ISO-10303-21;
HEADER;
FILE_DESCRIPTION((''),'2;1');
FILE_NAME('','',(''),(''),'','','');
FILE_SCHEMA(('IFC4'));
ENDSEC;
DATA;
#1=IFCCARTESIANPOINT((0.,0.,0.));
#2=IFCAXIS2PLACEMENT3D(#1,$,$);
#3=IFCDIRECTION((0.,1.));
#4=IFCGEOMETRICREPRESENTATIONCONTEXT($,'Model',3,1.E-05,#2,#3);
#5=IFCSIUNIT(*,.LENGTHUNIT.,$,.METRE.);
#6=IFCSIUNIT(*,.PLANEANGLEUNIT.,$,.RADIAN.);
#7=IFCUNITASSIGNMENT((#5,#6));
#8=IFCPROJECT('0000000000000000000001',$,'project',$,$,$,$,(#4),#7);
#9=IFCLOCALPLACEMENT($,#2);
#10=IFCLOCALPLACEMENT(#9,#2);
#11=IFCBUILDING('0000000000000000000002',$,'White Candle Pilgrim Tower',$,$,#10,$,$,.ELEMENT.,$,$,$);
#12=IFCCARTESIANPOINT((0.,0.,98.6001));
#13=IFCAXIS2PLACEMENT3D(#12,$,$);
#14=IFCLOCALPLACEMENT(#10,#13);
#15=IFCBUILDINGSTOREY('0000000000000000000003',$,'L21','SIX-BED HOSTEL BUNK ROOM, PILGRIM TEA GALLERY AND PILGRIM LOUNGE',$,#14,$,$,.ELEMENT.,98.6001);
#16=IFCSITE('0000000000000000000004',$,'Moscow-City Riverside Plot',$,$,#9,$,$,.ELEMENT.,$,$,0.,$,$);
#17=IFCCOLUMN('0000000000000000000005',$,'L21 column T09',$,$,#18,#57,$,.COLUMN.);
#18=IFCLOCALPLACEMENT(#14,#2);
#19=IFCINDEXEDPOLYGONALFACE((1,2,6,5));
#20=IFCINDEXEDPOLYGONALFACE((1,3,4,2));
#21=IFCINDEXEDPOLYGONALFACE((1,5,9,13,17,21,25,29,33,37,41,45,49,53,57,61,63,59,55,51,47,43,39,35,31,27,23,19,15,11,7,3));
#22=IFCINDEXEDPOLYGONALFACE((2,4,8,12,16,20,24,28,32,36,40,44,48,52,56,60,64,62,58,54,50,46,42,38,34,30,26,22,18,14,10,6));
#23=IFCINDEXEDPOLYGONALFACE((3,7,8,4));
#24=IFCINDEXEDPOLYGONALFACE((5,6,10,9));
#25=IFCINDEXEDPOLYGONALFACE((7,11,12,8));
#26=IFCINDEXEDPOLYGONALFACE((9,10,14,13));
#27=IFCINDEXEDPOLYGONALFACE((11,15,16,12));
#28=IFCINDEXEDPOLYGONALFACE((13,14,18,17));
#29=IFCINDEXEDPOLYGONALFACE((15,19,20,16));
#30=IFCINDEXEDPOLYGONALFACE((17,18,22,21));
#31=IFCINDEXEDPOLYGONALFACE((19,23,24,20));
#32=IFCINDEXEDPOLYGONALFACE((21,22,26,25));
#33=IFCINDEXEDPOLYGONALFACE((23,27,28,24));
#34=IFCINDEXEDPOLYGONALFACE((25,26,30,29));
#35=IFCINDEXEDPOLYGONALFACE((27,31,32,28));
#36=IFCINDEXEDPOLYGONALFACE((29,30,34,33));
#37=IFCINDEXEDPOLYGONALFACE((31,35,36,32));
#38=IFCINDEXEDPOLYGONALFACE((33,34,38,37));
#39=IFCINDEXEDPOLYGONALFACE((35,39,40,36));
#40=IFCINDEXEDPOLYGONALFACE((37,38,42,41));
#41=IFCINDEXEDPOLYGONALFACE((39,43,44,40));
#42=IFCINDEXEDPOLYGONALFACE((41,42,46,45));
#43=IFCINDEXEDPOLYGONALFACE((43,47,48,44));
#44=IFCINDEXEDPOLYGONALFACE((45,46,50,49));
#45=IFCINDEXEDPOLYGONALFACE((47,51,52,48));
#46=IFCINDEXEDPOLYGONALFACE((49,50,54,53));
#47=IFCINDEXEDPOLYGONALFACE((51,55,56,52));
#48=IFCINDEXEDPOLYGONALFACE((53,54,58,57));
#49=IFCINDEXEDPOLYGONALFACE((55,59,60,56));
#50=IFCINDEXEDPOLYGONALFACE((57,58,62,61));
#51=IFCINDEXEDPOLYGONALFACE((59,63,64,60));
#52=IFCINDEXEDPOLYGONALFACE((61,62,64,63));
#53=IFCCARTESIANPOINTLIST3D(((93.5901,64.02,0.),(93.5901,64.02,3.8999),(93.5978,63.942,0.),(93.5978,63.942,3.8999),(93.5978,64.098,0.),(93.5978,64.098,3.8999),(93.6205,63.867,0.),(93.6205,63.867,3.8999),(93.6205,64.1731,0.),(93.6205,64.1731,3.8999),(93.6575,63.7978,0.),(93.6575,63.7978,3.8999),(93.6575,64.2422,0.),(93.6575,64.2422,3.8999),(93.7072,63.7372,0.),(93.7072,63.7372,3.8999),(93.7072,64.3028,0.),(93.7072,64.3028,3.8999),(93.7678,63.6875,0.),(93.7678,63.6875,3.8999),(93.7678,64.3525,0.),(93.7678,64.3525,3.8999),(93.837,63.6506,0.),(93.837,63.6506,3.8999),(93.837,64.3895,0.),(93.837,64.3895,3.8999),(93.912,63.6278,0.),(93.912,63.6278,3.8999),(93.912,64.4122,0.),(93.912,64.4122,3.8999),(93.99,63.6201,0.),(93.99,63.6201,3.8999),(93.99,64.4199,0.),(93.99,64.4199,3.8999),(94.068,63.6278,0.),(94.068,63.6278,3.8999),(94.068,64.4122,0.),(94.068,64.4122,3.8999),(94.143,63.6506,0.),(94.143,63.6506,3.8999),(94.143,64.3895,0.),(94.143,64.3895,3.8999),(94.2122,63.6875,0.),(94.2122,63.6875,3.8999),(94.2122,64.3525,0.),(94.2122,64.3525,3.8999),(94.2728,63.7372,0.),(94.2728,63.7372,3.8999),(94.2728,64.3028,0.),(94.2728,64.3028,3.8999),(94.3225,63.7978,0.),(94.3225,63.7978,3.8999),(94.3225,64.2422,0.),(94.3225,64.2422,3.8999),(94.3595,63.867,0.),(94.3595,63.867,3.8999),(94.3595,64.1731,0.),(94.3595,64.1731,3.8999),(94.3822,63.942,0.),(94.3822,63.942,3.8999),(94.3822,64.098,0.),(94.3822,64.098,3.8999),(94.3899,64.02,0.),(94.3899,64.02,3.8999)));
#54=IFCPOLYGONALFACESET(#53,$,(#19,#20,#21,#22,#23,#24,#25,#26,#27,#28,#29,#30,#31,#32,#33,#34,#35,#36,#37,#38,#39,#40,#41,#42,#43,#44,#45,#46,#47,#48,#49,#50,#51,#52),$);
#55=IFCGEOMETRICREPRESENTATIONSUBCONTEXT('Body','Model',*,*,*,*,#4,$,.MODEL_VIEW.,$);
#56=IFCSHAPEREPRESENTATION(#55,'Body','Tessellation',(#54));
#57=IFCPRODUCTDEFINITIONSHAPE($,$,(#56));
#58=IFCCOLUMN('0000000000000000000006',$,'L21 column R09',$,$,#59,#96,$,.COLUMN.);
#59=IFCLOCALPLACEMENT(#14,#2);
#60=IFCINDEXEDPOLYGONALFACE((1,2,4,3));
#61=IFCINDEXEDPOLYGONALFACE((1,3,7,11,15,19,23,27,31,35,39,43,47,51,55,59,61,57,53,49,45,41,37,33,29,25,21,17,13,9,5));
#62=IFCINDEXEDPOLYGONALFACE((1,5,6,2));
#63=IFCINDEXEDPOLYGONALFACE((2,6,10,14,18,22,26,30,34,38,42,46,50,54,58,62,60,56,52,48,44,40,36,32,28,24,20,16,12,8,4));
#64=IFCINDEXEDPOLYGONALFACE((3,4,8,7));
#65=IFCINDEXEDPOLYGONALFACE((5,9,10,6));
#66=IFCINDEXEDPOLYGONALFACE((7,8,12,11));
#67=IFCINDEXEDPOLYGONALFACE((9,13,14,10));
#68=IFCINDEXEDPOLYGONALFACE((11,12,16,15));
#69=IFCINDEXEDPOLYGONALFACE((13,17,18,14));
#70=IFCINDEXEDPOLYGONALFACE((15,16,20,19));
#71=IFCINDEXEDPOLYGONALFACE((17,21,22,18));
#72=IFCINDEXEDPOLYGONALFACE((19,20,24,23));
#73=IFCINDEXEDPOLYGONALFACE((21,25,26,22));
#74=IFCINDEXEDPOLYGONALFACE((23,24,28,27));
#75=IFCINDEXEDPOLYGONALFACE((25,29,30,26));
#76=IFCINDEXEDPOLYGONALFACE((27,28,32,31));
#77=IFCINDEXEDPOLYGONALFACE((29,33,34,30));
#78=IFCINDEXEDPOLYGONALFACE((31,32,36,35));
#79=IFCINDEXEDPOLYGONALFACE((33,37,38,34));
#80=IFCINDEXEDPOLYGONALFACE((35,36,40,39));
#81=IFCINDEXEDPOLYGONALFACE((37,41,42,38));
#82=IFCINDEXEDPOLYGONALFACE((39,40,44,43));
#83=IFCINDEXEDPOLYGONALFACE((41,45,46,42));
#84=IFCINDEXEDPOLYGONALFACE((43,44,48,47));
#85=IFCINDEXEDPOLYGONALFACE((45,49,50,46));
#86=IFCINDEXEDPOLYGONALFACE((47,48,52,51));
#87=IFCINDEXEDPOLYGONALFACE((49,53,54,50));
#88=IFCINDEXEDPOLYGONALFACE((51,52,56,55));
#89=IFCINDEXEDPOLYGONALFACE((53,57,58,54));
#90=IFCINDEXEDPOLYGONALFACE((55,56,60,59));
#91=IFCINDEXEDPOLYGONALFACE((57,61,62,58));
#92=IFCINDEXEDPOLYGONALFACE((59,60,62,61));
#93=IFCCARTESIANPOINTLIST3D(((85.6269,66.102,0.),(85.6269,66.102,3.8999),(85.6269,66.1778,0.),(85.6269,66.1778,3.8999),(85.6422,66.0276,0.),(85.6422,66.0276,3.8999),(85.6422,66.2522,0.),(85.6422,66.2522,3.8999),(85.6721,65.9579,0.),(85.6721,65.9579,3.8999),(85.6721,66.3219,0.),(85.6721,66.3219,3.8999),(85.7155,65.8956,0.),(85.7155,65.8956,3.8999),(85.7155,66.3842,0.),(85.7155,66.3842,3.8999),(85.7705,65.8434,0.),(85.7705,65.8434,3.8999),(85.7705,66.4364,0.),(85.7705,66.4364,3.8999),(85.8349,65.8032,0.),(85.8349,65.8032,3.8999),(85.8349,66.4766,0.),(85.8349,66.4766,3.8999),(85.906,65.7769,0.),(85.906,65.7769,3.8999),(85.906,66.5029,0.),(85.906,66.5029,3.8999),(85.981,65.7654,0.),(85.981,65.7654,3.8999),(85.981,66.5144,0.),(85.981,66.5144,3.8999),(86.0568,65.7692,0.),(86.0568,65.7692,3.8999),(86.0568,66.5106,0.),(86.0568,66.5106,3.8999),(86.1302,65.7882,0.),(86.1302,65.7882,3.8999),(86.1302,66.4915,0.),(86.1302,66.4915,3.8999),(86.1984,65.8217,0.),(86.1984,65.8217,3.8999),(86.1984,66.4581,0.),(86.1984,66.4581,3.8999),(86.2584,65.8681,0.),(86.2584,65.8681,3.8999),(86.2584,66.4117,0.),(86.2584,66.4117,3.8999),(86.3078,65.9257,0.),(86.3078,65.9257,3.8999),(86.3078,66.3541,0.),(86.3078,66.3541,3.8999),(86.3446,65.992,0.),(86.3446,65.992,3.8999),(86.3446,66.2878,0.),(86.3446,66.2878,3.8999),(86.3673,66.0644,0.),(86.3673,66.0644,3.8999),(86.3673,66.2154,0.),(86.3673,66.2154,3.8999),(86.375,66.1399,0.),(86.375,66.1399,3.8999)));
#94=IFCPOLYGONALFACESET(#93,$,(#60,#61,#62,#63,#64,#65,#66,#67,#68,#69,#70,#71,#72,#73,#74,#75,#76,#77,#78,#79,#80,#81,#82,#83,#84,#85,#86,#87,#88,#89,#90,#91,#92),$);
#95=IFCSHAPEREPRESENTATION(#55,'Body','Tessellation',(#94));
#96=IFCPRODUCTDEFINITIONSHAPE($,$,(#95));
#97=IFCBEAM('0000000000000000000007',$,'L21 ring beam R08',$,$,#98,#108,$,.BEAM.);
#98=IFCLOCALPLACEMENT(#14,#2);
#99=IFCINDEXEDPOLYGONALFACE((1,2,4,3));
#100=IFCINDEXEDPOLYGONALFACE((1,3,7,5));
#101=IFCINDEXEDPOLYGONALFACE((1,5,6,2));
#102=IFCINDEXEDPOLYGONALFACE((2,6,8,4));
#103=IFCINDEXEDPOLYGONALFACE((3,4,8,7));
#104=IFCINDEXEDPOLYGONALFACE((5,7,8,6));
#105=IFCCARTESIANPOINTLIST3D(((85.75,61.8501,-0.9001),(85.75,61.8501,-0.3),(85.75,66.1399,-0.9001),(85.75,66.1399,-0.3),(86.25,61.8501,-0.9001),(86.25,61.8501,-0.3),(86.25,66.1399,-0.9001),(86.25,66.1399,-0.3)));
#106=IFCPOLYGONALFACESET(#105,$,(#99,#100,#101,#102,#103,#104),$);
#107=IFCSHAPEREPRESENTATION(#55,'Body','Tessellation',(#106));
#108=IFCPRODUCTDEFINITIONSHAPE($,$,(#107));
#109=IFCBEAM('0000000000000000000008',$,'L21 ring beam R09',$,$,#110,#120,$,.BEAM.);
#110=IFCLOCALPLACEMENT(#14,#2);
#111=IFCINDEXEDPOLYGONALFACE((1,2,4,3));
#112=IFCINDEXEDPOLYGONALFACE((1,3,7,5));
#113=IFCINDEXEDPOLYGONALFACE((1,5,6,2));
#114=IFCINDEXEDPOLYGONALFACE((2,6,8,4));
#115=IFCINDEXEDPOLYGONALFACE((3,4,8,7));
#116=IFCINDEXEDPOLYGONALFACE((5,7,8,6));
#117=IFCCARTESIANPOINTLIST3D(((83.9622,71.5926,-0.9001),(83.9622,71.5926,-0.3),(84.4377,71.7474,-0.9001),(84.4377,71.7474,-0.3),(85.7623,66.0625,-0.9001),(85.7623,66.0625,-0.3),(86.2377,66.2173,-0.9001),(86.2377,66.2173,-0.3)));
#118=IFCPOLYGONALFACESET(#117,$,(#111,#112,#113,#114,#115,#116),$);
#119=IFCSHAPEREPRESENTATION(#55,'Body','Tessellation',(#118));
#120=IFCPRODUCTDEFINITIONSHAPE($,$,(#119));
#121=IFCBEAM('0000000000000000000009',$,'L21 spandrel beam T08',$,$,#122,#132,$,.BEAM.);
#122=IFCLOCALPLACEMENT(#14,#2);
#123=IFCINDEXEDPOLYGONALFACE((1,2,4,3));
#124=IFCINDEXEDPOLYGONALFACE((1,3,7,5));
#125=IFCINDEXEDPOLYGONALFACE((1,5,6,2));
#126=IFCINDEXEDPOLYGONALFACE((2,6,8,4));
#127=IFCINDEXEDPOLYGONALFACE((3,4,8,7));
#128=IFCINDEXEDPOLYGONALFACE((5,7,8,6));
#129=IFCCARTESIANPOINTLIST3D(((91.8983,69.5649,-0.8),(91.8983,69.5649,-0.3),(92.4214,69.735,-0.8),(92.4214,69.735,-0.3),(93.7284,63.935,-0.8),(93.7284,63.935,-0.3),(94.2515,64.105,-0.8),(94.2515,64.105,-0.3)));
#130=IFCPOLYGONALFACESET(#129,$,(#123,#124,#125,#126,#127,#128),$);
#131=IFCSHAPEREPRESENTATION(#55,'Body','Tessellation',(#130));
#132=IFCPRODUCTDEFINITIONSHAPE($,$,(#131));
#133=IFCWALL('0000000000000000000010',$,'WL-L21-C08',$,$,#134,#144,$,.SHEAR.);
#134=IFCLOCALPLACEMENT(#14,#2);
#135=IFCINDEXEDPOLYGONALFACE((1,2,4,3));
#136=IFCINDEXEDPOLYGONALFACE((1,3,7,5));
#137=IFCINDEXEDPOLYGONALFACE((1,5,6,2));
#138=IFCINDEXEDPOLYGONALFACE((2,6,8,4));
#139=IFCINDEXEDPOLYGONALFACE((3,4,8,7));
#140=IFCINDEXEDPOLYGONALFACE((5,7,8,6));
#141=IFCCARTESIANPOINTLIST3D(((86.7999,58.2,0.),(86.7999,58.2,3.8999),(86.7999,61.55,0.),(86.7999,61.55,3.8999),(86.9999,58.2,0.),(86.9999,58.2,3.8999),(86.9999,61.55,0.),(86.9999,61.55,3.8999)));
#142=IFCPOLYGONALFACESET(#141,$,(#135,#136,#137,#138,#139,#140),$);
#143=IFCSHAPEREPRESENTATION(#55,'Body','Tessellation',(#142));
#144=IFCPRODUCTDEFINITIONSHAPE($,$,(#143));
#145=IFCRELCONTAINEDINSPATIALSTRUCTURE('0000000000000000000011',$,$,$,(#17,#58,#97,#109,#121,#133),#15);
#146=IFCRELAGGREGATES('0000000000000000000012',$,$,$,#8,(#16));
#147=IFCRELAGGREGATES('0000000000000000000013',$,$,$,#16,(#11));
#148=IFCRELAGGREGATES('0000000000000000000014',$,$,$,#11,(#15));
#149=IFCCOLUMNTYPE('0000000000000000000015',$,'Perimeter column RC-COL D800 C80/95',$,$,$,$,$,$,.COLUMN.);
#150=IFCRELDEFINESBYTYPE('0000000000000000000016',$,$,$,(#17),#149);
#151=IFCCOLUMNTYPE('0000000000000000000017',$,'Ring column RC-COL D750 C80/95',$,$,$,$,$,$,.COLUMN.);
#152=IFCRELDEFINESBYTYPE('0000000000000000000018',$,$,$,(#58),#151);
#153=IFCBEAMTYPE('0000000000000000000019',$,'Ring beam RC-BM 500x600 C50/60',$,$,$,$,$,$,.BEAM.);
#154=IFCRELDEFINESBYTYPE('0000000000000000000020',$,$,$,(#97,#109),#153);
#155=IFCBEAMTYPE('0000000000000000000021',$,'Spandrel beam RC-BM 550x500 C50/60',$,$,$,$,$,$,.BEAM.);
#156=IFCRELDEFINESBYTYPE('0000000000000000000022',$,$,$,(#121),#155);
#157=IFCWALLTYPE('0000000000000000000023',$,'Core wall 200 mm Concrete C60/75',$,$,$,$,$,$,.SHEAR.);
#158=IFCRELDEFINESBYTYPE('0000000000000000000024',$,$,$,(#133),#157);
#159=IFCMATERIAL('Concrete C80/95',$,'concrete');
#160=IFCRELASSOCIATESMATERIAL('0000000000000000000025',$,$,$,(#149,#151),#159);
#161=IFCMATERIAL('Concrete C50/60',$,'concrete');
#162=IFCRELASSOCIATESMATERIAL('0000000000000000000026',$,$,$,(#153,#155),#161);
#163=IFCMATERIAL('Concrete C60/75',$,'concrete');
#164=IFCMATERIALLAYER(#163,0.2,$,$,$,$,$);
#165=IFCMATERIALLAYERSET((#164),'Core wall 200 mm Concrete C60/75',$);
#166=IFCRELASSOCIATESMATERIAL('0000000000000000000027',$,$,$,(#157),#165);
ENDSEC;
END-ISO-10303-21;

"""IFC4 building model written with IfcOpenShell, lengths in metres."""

from ifc_helpers import new_model, si_unit, direction, frame, frame_2d, origin, origin_2d, place, context, subcontext, project, spatial, rectangle, circle, extrude, material, layer, layer_set, material_profile, profile_set, type_object, element, save


model = new_model("IFC4")

# Units and contexts
model_context = context("Model", 3, precision=1e-05, world=origin(), true_north=direction((0.0, 1.0)))
body_context = subcontext(model_context, "Body", "Model", "MODEL_VIEW")
ifc_project = project(units=[si_unit("LENGTHUNIT", "METRE"), si_unit("PLANEANGLEUNIT", "RADIAN")], contexts=[model_context])

# Site, building, storey
site_placement = place(None, origin())
site = spatial("IfcSite", under=ifc_project, at=site_placement, Name="Moscow-City Riverside Plot", CompositionType="ELEMENT", RefElevation=0.0)
building_placement = place(site_placement, origin())
building = spatial("IfcBuilding", under=site, at=building_placement, Name="White Candle Pilgrim Tower", CompositionType="ELEMENT")
storey_placement = place(building_placement, frame((0.0, 0.0, 98.6001)))
storey = spatial("IfcBuildingStorey", under=building, at=storey_placement, Name="L21", Description="SIX-BED HOSTEL BUNK ROOM, PILGRIM TEA GALLERY AND PILGRIM LOUNGE", CompositionType="ELEMENT", Elevation=98.6001)

# Columns
ifc_material_1 = material(Name="Concrete C80/95", Category="concrete")
ifc_material_profile_1 = material_profile(ifc_material_1, circle(Radius=0.3999, at=origin_2d()), Name="RC-COL D800")
ifc_profile_set_1 = profile_set([ifc_material_profile_1], Name="Concrete C80/95")
column_type_1 = type_object("IfcColumnType", Name="Perimeter column RC-COL D800 C80/95", PredefinedType="COLUMN", material=ifc_profile_set_1)
column_1_placement = place(storey_placement, frame((93.99, 64.02, 0.0), z_axis=(0.0, 0.0, 1.0), x_axis=(1.0, 0.0, 0.0)))
element("IfcColumn", 1, at=column_1_placement, inside=storey, type_object=column_type_1, Name="L21 column T09", PredefinedType="COLUMN", context=body_context, shape_type="SweptSolid", body=[
    extrude(circle(Radius=0.3999, at=origin_2d()), origin(), (0.0, 0.0, 1.0), 3.8999),
])
ifc_material_profile_2 = material_profile(ifc_material_1, circle(Radius=0.375, at=origin_2d()), Name="RC-COL D750")
ifc_profile_set_2 = profile_set([ifc_material_profile_2], Name="Concrete C80/95")
column_type_2 = type_object("IfcColumnType", Name="Ring column RC-COL D750 C80/95", PredefinedType="COLUMN", material=ifc_profile_set_2)
column_2_placement = place(storey_placement, frame((86.0, 66.1399, 0.0), z_axis=(0.0, 0.0, 1.0), x_axis=(1.0, 0.0, 0.0)))
element("IfcColumn", 2, at=column_2_placement, inside=storey, type_object=column_type_2, Name="L21 column R09", PredefinedType="COLUMN", context=body_context, shape_type="SweptSolid", body=[
    extrude(circle(Radius=0.375, at=origin_2d()), origin(), (0.0, 0.0, 1.0), 3.8999),
])

# Beams
ifc_material_2 = material(Name="Concrete C50/60", Category="concrete")
ifc_material_profile_3 = material_profile(ifc_material_2, rectangle(XDim=0.5, YDim=0.6001, at=origin_2d()), Name="RC-BM 500x600")
ifc_profile_set_3 = profile_set([ifc_material_profile_3], Name="Concrete C50/60")
beam_type_1 = type_object("IfcBeamType", Name="Ring beam RC-BM 500x600 C50/60", PredefinedType="BEAM", material=ifc_profile_set_3)
beam_1_placement = place(storey_placement, frame((86.0, 66.1399, -0.6001), z_axis=(0.0, -1.0, 0.0), x_axis=(1.0, 0.0, 0.0)))
element("IfcBeam", 3, at=beam_1_placement, inside=storey, type_object=beam_type_1, Name="L21 ring beam R08", PredefinedType="BEAM", context=body_context, shape_type="SweptSolid", body=[
    extrude(rectangle(XDim=0.5, YDim=0.6001, at=origin_2d()), origin(), (0.0, 0.0, 1.0), 4.2898),
])
beam_2_placement = place(storey_placement, frame((86.0, 66.1399, -0.6001), z_axis=(-0.30952, 0.950893, 0.0), x_axis=(-0.950893, -0.30952, 0.0)))
element("IfcBeam", 4, at=beam_2_placement, inside=storey, type_object=beam_type_1, Name="L21 ring beam R09", PredefinedType="BEAM", context=body_context, shape_type="SweptSolid", body=[
    extrude(rectangle(XDim=0.5, YDim=0.6001, at=origin_2d()), origin(), (0.0, 0.0, 1.0), 5.8157),
])
ifc_material_profile_4 = material_profile(ifc_material_2, rectangle(XDim=0.55, YDim=0.5, at=origin_2d()), Name="RC-BM 550x500")
ifc_profile_set_4 = profile_set([ifc_material_profile_4], Name="Concrete C50/60")
beam_type_2 = type_object("IfcBeamType", Name="Spandrel beam RC-BM 550x500 C50/60", PredefinedType="BEAM", material=ifc_profile_set_4)
beam_3_placement = place(storey_placement, frame((93.99, 64.02, -0.55), z_axis=(-0.309142, 0.951016, 0.0), x_axis=(-0.951016, -0.309142, 0.0)))
element("IfcBeam", 5, at=beam_3_placement, inside=storey, type_object=beam_type_2, Name="L21 spandrel beam T08", PredefinedType="BEAM", context=body_context, shape_type="SweptSolid", body=[
    extrude(rectangle(XDim=0.55, YDim=0.5, at=origin_2d()), origin(), (0.0, 0.0, 1.0), 5.9199),
])

# Wall
ifc_material_3 = material(Name="Concrete C60/75", Category="concrete")
ifc_layer_1 = layer(ifc_material_3, 0.2)
ifc_layer_set_1 = layer_set([ifc_layer_1], Name="Core wall 200 mm Concrete C60/75")
wall_type_1 = type_object("IfcWallType", Name="Core wall 200 mm Concrete C60/75", PredefinedType="SHEAR", material=ifc_layer_set_1)
wall_1_placement = place(storey_placement, frame((86.8999, 58.2, 0.0), z_axis=(0.0, 0.0, 1.0), x_axis=(0.0, 1.0, 0.0)))
element("IfcWall", 6, at=wall_1_placement, inside=storey, type_object=wall_type_1, Name="WL-L21-C08", PredefinedType="SHEAR", context=body_context, shape_type="SweptSolid", body=[
    extrude(rectangle(XDim=3.3501, YDim=0.2, at=frame_2d((1.675, 0.0))), origin(), (0.0, 0.0, 1.0), 3.8999),
])

save(model, "model.ifc")
